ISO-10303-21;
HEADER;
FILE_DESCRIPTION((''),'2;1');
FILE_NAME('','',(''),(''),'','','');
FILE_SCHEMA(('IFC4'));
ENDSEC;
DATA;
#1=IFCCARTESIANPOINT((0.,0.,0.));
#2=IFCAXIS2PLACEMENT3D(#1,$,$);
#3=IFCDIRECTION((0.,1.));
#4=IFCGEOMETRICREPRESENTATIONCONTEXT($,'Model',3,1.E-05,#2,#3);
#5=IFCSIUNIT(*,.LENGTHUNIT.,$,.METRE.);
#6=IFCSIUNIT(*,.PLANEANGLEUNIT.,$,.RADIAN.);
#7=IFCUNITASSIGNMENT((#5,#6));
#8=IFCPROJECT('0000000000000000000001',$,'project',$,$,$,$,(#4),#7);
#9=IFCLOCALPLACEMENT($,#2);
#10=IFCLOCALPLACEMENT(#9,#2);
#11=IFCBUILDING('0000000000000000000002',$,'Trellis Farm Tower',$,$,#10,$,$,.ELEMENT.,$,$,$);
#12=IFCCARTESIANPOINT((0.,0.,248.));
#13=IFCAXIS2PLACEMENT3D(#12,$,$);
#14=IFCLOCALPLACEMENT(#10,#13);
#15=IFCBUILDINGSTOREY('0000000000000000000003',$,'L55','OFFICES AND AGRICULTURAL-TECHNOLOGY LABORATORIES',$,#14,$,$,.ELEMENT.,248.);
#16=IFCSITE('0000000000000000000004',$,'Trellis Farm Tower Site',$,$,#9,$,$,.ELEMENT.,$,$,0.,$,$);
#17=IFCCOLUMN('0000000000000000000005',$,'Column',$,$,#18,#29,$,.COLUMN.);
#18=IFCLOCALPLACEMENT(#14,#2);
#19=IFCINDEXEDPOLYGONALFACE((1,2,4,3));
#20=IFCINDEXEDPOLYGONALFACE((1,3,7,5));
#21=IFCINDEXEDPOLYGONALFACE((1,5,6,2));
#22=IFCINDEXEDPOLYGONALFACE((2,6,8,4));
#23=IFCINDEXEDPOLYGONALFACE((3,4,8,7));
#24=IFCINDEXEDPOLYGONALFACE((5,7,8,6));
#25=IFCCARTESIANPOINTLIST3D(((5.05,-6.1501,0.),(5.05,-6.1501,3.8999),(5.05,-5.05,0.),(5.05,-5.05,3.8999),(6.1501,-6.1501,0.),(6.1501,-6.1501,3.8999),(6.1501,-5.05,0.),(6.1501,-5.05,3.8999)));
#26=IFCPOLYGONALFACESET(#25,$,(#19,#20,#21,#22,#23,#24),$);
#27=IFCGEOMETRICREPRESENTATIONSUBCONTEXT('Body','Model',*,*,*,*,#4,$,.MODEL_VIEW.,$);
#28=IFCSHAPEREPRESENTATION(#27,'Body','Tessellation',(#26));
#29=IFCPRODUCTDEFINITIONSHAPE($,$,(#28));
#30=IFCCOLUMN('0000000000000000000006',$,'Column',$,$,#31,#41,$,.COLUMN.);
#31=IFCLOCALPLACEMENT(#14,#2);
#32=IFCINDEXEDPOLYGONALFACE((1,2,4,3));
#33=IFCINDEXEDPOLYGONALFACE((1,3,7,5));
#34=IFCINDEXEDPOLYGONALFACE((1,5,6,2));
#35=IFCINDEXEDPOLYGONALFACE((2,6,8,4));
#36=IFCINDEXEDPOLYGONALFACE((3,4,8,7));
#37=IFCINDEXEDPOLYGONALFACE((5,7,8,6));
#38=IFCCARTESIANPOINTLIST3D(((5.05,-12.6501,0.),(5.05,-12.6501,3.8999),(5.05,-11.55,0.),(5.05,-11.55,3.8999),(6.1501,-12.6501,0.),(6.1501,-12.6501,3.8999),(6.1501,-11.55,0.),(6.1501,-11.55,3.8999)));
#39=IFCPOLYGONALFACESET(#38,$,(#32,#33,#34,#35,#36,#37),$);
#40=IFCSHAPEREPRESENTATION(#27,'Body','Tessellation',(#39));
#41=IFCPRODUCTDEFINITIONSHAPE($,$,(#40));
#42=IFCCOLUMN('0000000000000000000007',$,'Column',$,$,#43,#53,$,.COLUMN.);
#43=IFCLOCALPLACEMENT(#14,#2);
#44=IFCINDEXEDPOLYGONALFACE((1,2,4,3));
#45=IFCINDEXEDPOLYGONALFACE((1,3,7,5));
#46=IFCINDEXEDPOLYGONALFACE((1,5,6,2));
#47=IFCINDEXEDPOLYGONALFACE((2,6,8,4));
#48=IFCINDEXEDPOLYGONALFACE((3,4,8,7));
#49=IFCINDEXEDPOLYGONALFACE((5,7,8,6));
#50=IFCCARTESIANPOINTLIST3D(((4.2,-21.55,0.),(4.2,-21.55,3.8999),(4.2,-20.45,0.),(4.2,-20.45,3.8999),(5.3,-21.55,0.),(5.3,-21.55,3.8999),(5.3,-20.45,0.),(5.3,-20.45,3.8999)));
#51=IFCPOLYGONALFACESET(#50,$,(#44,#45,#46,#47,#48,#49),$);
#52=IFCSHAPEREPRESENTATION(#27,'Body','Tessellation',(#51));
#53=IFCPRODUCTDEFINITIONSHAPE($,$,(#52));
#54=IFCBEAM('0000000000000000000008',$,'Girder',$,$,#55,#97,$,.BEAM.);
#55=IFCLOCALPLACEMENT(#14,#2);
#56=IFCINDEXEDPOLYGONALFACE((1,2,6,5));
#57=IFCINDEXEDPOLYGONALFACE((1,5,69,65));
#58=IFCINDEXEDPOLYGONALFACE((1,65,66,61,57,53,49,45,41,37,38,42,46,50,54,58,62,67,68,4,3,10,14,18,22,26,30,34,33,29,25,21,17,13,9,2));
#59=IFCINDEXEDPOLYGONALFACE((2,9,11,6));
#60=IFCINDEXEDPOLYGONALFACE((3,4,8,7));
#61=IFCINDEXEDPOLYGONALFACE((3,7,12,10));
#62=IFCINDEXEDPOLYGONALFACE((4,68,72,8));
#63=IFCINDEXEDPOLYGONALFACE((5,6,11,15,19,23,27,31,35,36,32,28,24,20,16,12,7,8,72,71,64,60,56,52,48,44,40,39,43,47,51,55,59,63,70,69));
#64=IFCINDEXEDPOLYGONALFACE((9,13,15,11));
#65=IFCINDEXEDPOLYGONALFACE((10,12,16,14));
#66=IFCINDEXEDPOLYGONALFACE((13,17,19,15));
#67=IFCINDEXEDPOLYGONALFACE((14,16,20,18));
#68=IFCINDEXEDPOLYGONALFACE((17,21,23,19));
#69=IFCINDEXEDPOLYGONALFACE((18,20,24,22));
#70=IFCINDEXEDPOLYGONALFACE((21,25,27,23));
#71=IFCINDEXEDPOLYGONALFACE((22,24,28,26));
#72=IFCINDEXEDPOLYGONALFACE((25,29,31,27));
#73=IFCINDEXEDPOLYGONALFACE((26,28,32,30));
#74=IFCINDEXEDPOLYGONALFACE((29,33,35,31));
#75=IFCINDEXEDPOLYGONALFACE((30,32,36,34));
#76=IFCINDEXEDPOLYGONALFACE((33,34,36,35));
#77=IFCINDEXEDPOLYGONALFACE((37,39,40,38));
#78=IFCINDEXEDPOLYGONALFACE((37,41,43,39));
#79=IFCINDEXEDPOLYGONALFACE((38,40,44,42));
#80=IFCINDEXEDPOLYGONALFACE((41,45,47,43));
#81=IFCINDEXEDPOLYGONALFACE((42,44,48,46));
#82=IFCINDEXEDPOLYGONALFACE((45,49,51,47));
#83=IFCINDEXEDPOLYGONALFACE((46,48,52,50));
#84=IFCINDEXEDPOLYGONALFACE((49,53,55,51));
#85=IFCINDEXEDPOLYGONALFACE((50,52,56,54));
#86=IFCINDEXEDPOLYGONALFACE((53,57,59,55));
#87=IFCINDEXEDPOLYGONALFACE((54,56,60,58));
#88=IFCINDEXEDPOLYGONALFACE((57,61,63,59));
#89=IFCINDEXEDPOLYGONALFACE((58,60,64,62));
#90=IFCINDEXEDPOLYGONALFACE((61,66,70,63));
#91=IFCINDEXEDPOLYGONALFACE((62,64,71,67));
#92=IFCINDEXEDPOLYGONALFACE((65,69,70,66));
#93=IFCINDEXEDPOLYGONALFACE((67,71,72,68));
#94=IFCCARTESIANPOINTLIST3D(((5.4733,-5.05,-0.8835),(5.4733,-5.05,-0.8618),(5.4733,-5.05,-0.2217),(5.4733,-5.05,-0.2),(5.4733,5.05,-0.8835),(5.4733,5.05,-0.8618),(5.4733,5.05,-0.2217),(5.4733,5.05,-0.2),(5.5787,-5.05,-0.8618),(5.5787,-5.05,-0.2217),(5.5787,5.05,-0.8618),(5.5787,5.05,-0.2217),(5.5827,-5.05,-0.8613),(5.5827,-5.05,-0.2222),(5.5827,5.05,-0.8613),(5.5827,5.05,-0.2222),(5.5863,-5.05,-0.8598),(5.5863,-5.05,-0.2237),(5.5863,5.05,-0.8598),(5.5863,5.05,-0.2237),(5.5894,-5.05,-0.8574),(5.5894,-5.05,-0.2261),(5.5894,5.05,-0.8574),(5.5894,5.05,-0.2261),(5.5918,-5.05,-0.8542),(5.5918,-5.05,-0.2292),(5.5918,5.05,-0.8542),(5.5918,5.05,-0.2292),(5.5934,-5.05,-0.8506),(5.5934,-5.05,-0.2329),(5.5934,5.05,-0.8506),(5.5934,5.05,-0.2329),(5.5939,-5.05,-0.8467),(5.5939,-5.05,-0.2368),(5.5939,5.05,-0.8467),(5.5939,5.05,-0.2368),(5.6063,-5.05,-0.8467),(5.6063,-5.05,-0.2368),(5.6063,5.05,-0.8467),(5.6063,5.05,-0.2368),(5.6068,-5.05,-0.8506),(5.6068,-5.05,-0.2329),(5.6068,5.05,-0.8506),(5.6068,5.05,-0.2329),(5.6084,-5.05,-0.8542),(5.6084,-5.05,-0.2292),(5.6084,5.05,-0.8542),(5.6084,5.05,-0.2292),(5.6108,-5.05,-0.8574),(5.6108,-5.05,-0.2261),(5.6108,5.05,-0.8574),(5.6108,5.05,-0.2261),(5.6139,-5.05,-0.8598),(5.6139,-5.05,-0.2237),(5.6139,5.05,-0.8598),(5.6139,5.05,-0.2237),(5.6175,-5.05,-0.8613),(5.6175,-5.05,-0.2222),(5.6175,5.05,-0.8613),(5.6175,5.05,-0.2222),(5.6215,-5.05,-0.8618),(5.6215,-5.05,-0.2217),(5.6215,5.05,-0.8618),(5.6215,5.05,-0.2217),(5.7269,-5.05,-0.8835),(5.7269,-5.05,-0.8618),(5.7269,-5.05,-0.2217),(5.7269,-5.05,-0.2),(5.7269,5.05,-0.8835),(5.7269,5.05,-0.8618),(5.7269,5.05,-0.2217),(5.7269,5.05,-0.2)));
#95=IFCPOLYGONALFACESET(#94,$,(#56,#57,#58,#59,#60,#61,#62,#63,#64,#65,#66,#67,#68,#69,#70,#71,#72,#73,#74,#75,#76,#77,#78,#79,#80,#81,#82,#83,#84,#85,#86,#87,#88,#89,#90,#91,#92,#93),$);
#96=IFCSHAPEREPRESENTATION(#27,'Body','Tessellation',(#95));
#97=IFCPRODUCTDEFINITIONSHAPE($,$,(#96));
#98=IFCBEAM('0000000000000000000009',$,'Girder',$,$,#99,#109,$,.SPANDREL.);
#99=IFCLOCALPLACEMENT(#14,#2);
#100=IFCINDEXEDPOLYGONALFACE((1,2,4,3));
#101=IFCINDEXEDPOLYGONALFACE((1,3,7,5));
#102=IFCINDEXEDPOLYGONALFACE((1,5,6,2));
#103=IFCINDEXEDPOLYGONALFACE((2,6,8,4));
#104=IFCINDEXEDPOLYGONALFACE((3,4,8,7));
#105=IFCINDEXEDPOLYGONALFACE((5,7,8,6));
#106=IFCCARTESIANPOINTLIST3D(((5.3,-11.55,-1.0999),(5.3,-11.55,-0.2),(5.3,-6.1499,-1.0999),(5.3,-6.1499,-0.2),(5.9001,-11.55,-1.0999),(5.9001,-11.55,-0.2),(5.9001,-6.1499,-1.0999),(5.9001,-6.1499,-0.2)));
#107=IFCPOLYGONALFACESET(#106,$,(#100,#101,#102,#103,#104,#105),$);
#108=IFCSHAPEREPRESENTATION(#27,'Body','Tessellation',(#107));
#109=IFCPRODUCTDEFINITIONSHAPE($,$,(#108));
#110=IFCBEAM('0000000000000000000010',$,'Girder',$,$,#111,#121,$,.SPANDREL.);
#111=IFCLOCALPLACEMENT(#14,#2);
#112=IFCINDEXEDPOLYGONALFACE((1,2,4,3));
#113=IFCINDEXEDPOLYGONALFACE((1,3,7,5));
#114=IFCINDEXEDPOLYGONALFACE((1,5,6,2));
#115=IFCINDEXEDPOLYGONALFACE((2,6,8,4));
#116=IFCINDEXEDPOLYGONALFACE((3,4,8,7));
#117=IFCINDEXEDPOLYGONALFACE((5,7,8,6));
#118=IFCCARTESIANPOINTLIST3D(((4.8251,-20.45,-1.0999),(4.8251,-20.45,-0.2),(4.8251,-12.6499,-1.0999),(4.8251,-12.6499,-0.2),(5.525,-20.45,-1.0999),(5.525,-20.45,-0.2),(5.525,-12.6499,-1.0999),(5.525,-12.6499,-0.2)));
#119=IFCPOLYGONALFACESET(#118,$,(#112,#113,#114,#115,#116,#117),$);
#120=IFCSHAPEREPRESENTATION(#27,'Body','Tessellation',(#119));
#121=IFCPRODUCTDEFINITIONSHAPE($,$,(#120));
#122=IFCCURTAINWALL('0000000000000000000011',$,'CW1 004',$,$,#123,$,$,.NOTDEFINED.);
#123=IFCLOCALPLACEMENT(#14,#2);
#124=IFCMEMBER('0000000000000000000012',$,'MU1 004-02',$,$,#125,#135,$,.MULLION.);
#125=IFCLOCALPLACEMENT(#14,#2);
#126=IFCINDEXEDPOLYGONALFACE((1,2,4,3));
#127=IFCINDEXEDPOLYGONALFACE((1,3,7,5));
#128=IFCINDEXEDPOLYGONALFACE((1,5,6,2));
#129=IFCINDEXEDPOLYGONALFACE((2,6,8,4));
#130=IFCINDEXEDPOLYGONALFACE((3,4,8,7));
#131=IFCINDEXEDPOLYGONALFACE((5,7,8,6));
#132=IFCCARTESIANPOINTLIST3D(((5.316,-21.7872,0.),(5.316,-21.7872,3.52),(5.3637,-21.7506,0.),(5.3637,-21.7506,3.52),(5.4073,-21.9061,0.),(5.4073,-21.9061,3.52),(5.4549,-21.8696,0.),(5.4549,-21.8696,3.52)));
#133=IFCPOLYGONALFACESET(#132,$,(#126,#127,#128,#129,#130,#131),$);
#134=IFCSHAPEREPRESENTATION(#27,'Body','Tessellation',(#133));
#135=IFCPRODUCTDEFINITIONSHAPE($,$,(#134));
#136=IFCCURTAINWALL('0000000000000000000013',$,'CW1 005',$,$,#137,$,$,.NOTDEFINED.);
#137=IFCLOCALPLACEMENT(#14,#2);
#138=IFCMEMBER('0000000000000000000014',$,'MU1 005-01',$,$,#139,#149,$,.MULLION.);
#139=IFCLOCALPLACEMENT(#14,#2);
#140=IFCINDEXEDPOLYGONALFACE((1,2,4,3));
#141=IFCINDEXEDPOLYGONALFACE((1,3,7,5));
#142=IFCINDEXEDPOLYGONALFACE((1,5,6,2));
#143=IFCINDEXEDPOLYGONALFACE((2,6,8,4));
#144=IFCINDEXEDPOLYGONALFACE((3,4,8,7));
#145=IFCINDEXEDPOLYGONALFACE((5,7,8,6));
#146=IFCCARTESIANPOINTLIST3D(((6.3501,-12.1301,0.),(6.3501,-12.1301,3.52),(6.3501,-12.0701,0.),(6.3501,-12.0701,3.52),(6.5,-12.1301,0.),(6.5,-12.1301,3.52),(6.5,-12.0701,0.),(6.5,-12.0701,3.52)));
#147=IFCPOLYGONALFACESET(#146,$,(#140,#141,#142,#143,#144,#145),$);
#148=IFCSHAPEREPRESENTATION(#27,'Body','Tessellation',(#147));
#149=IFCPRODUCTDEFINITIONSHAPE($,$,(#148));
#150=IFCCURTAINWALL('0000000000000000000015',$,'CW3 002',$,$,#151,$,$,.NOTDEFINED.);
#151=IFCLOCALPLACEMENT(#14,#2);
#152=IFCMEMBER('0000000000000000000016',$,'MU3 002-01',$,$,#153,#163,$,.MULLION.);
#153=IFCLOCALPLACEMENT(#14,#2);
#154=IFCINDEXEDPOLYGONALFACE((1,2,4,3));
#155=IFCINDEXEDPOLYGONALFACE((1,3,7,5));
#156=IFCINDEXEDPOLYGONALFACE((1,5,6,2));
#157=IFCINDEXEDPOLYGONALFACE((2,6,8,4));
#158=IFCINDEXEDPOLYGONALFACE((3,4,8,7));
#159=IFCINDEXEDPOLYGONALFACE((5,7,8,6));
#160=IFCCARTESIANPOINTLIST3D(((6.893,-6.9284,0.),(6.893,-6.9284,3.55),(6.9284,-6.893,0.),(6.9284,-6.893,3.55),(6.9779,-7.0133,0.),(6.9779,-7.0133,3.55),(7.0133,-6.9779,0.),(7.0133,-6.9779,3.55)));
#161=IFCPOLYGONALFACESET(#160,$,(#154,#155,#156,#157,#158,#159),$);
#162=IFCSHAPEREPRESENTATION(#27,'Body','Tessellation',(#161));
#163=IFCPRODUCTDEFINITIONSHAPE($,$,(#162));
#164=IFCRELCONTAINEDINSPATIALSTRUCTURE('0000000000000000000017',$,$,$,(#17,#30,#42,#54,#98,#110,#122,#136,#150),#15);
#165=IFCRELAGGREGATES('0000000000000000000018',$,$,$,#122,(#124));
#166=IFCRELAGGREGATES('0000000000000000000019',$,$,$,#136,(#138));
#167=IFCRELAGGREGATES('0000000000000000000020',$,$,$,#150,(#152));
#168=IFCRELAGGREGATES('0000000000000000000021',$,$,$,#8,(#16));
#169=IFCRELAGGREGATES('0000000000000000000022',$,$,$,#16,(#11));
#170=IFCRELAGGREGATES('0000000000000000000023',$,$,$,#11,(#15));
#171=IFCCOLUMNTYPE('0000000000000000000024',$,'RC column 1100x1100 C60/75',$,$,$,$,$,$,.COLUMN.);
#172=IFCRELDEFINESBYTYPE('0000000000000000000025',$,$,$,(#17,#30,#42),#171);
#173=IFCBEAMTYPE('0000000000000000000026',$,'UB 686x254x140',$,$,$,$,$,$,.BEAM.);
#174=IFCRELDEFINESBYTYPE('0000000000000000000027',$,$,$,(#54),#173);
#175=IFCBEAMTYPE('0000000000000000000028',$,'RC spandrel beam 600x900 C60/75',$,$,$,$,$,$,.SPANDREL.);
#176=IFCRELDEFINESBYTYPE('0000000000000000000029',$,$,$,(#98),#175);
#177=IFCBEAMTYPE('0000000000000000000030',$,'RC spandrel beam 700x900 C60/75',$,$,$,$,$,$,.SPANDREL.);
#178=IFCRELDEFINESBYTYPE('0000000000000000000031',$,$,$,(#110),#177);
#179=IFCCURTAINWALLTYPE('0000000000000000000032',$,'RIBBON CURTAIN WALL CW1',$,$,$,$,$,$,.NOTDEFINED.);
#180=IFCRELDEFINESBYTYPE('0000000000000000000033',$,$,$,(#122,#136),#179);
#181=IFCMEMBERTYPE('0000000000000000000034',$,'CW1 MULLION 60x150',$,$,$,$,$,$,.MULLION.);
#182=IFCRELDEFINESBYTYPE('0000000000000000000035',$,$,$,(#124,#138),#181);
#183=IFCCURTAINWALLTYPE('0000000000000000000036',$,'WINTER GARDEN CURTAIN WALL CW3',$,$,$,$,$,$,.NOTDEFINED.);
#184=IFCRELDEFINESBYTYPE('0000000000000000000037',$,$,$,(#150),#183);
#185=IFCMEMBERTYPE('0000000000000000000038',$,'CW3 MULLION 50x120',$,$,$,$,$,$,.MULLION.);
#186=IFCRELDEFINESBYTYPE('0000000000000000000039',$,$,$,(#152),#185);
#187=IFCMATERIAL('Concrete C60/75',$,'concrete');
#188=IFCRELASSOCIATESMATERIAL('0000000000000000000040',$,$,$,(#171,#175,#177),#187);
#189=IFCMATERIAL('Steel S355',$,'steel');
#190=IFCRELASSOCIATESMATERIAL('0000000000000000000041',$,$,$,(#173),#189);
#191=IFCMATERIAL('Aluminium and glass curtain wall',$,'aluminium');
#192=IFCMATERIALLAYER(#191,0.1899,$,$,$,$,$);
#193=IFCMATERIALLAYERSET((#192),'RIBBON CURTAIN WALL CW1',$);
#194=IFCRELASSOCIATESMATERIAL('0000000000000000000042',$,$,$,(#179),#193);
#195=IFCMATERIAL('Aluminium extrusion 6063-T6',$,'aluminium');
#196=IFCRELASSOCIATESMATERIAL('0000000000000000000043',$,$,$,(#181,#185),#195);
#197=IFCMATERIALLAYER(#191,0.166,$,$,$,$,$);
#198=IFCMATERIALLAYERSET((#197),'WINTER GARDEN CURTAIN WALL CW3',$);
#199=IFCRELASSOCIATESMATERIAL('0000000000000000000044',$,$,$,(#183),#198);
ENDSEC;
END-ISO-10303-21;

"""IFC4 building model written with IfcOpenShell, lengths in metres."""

from ifc_helpers import new_model, si_unit, direction, frame, origin, origin_2d, place, context, subcontext, project, spatial, rectangle, i_section, extrude, source, transform, mapped, material, layer, layer_set, material_profile, profile_set, type_object, element, aggregate, save


model = new_model("IFC4")

# Units and contexts
model_context = context("Model", 3, precision=1e-05, world=origin(), true_north=direction((0.0, 1.0)))
body_context = subcontext(model_context, "Body", "Model", "MODEL_VIEW")
ifc_project = project(units=[si_unit("LENGTHUNIT", "METRE"), si_unit("PLANEANGLEUNIT", "RADIAN")], contexts=[model_context])

# Site, building, storey
site_placement = place(None, origin())
site = spatial("IfcSite", under=ifc_project, at=site_placement, Name="Trellis Farm Tower Site", CompositionType="ELEMENT", RefElevation=0.0)
building_placement = place(site_placement, origin())
building = spatial("IfcBuilding", under=site, at=building_placement, Name="Trellis Farm Tower", CompositionType="ELEMENT")
storey_placement = place(building_placement, frame((0.0, 0.0, 248.0)))
storey = spatial("IfcBuildingStorey", under=building, at=storey_placement, Name="L55", Description="OFFICES AND AGRICULTURAL-TECHNOLOGY LABORATORIES", CompositionType="ELEMENT", Elevation=248.0)

# Columns
ifc_material_1 = material(Name="Concrete C60/75", Category="concrete")
ifc_material_profile_1 = material_profile(ifc_material_1, rectangle(XDim=1.1001, YDim=1.1001, at=origin_2d()), Name="RC column 1100x1100 C60/75")
ifc_profile_set_1 = profile_set([ifc_material_profile_1], Name="Concrete C60/75")
column_type = type_object("IfcColumnType", Name="RC column 1100x1100 C60/75", PredefinedType="COLUMN", material=ifc_profile_set_1)
shared_shape_1 = source(origin(), body_context, "Body", "SweptSolid", [
    extrude(rectangle(XDim=1.1001, YDim=1.1001, at=origin_2d()), origin(), (0.0, 0.0, 1.0), 3.8999),
])
for number, where, z_axis, x_axis, name in (
    (1, (5.6001, -5.6001, 0.0), (0.0, 0.0, 1.0), (1.0, 0.0, 0.0), "Column"),
    (2, (5.6001, -12.1001, 0.0), (0.0, 0.0, 1.0), (1.0, 0.0, 0.0), "Column"),
    (3, (4.75, -21.0, 0.0), (0.0, 0.0, 1.0), (1.0, 0.0, 0.0), "Column"),
):
    element("IfcColumn", number, at=place(storey_placement, frame(where, z_axis=z_axis, x_axis=x_axis)), inside=storey, type_object=column_type, Name=name, PredefinedType="COLUMN", context=body_context, shape_type="MappedRepresentation", body=[
        mapped(shared_shape_1, transform((0.0, 0.0, 0.0))),
    ])

# Beams
ifc_material_2 = material(Name="Steel S355", Category="steel")
ifc_material_profile_2 = material_profile(ifc_material_2, i_section(OverallWidth=0.2537, OverallDepth=0.6836, WebThickness=0.0125, FlangeThickness=0.0217, FilletRadius=0.0151, at=origin_2d()), Name="UB 686x254x140")
ifc_profile_set_2 = profile_set([ifc_material_profile_2], Name="Steel S355")
beam_type_1 = type_object("IfcBeamType", Name="UB 686x254x140", PredefinedType="BEAM", material=ifc_profile_set_2)
shared_shape_2 = source(origin(), body_context, "Body", "SweptSolid", [
    extrude(i_section(OverallWidth=0.2537, OverallDepth=0.6836, WebThickness=0.0125, FlangeThickness=0.0217, FilletRadius=0.0151, at=origin_2d()), origin(), (0.0, 0.0, 1.0), 10.1001),
])
beam_1_placement = place(storey_placement, frame((5.6001, -5.05, -0.5417), z_axis=(0.0, 1.0, 0.0), x_axis=(-1.0, 0.0, 0.0)))
element("IfcBeam", 4, at=beam_1_placement, inside=storey, type_object=beam_type_1, Name="Girder", PredefinedType="BEAM", context=body_context, shape_type="MappedRepresentation", body=[
    mapped(shared_shape_2, transform((0.0, 0.0, 0.0))),
])
ifc_material_profile_3 = material_profile(ifc_material_1, rectangle(XDim=0.6001, YDim=0.8999, at=origin_2d()), Name="RC spandrel beam 600x900 C60/75")
ifc_profile_set_3 = profile_set([ifc_material_profile_3], Name="Concrete C60/75")
beam_type_2 = type_object("IfcBeamType", Name="RC spandrel beam 600x900 C60/75", PredefinedType="SPANDREL", material=ifc_profile_set_3)
shared_shape_3 = source(origin(), body_context, "Body", "SweptSolid", [
    extrude(rectangle(XDim=0.6001, YDim=0.8999, at=origin_2d()), origin(), (0.0, 0.0, 1.0), 5.4001),
])
beam_2_placement = place(storey_placement, frame((5.6001, -11.55, -0.6499), z_axis=(0.0, 1.0, 0.0), x_axis=(-1.0, 0.0, 0.0)))
element("IfcBeam", 5, at=beam_2_placement, inside=storey, type_object=beam_type_2, Name="Girder", PredefinedType="SPANDREL", context=body_context, shape_type="MappedRepresentation", body=[
    mapped(shared_shape_3, transform((0.0, 0.0, 0.0))),
])
ifc_material_profile_4 = material_profile(ifc_material_1, rectangle(XDim=0.7, YDim=0.8999, at=origin_2d()), Name="RC spandrel beam 700x900 C60/75")
ifc_profile_set_4 = profile_set([ifc_material_profile_4], Name="Concrete C60/75")
beam_type_3 = type_object("IfcBeamType", Name="RC spandrel beam 700x900 C60/75", PredefinedType="SPANDREL", material=ifc_profile_set_4)
shared_shape_4 = source(origin(), body_context, "Body", "SweptSolid", [
    extrude(rectangle(XDim=0.7, YDim=0.8999, at=origin_2d()), origin(), (0.0, 0.0, 1.0), 7.8),
])
beam_3_placement = place(storey_placement, frame((5.175, -20.45, -0.6499), z_axis=(0.0, 1.0, 0.0), x_axis=(-1.0, 0.0, 0.0)))
element("IfcBeam", 6, at=beam_3_placement, inside=storey, type_object=beam_type_3, Name="Girder", PredefinedType="SPANDREL", context=body_context, shape_type="MappedRepresentation", body=[
    mapped(shared_shape_4, transform((0.0, 0.0, 0.0))),
])

# Curtain walls, members
ifc_material_3 = material(Name="Aluminium and glass curtain wall", Category="aluminium")
ifc_layer_1 = layer(ifc_material_3, 0.1899)
ifc_layer_set_1 = layer_set([ifc_layer_1], Name="RIBBON CURTAIN WALL CW1")
curtain_wall_type_1 = type_object("IfcCurtainWallType", Name="RIBBON CURTAIN WALL CW1", PredefinedType="NOTDEFINED", material=ifc_layer_set_1)
placement = place(storey_placement, origin())
curtain_wall_1 = element("IfcCurtainWall", 7, at=placement, inside=storey, type_object=curtain_wall_type_1, Name="CW1 004", PredefinedType="NOTDEFINED")
ifc_material_4 = material(Name="Aluminium extrusion 6063-T6", Category="aluminium")
ifc_material_profile_5 = material_profile(ifc_material_4, rectangle(XDim=0.0601, YDim=0.1499, at=origin_2d()), Name="MULLION 60x150")
ifc_profile_set_5 = profile_set([ifc_material_profile_5], Name="Aluminium extrusion 6063-T6")
member_type_1 = type_object("IfcMemberType", Name="CW1 MULLION 60x150", PredefinedType="MULLION", material=ifc_profile_set_5)
shared_shape_5 = source(origin(), body_context, "Body", "SweptSolid", [
    extrude(rectangle(XDim=0.0601, YDim=0.1499, at=origin_2d()), origin(), (0.0, 0.0, 1.0), 3.52),
])
member_1_placement = place(storey_placement, frame((5.3855, -21.8284, 0.0), z_axis=(0.0, 0.0, 1.0), x_axis=(0.793353, 0.608761, 0.0)))
member_1 = element("IfcMember", 8, at=member_1_placement, type_object=member_type_1, Name="MU1 004-02", PredefinedType="MULLION", context=body_context, shape_type="MappedRepresentation", body=[
    mapped(shared_shape_5, transform((0.0, 0.0, 0.0))),
])
aggregate(curtain_wall_1, [member_1])
curtain_wall_2 = element("IfcCurtainWall", 9, at=placement, inside=storey, type_object=curtain_wall_type_1, Name="CW1 005", PredefinedType="NOTDEFINED")
member_2_placement = place(storey_placement, frame((6.425, -12.1001, 0.0), z_axis=(0.0, 0.0, 1.0), x_axis=(0.0, 1.0, 0.0)))
member_2 = element("IfcMember", 10, at=member_2_placement, type_object=member_type_1, Name="MU1 005-01", PredefinedType="MULLION", context=body_context, shape_type="MappedRepresentation", body=[
    mapped(shared_shape_5, transform((0.0, 0.0, 0.0))),
])
aggregate(curtain_wall_2, [member_2])
ifc_layer_2 = layer(ifc_material_3, 0.166)
ifc_layer_set_2 = layer_set([ifc_layer_2], Name="WINTER GARDEN CURTAIN WALL CW3")
curtain_wall_type_2 = type_object("IfcCurtainWallType", Name="WINTER GARDEN CURTAIN WALL CW3", PredefinedType="NOTDEFINED", material=ifc_layer_set_2)
curtain_wall_3 = element("IfcCurtainWall", 11, at=placement, inside=storey, type_object=curtain_wall_type_2, Name="CW3 002", PredefinedType="NOTDEFINED")
ifc_material_profile_6 = material_profile(ifc_material_4, rectangle(XDim=0.05, YDim=0.1201, at=origin_2d()), Name="MULLION 50x120")
ifc_profile_set_6 = profile_set([ifc_material_profile_6], Name="Aluminium extrusion 6063-T6")
member_type_2 = type_object("IfcMemberType", Name="CW3 MULLION 50x120", PredefinedType="MULLION", material=ifc_profile_set_6)
shared_shape_6 = source(origin(), body_context, "Body", "SweptSolid", [
    extrude(rectangle(XDim=0.05, YDim=0.1201, at=origin_2d()), origin(), (0.0, 0.0, 1.0), 3.55),
])
member_3_placement = place(storey_placement, frame((6.9531, -6.9531, 0.0), z_axis=(0.0, 0.0, 1.0), x_axis=(0.707107, 0.707107, 0.0)))
member_3 = element("IfcMember", 12, at=member_3_placement, type_object=member_type_2, Name="MU3 002-01", PredefinedType="MULLION", context=body_context, shape_type="MappedRepresentation", body=[
    mapped(shared_shape_6, transform((0.0, 0.0, 0.0))),
])
aggregate(curtain_wall_3, [member_3])

save(model, "model.ifc")
